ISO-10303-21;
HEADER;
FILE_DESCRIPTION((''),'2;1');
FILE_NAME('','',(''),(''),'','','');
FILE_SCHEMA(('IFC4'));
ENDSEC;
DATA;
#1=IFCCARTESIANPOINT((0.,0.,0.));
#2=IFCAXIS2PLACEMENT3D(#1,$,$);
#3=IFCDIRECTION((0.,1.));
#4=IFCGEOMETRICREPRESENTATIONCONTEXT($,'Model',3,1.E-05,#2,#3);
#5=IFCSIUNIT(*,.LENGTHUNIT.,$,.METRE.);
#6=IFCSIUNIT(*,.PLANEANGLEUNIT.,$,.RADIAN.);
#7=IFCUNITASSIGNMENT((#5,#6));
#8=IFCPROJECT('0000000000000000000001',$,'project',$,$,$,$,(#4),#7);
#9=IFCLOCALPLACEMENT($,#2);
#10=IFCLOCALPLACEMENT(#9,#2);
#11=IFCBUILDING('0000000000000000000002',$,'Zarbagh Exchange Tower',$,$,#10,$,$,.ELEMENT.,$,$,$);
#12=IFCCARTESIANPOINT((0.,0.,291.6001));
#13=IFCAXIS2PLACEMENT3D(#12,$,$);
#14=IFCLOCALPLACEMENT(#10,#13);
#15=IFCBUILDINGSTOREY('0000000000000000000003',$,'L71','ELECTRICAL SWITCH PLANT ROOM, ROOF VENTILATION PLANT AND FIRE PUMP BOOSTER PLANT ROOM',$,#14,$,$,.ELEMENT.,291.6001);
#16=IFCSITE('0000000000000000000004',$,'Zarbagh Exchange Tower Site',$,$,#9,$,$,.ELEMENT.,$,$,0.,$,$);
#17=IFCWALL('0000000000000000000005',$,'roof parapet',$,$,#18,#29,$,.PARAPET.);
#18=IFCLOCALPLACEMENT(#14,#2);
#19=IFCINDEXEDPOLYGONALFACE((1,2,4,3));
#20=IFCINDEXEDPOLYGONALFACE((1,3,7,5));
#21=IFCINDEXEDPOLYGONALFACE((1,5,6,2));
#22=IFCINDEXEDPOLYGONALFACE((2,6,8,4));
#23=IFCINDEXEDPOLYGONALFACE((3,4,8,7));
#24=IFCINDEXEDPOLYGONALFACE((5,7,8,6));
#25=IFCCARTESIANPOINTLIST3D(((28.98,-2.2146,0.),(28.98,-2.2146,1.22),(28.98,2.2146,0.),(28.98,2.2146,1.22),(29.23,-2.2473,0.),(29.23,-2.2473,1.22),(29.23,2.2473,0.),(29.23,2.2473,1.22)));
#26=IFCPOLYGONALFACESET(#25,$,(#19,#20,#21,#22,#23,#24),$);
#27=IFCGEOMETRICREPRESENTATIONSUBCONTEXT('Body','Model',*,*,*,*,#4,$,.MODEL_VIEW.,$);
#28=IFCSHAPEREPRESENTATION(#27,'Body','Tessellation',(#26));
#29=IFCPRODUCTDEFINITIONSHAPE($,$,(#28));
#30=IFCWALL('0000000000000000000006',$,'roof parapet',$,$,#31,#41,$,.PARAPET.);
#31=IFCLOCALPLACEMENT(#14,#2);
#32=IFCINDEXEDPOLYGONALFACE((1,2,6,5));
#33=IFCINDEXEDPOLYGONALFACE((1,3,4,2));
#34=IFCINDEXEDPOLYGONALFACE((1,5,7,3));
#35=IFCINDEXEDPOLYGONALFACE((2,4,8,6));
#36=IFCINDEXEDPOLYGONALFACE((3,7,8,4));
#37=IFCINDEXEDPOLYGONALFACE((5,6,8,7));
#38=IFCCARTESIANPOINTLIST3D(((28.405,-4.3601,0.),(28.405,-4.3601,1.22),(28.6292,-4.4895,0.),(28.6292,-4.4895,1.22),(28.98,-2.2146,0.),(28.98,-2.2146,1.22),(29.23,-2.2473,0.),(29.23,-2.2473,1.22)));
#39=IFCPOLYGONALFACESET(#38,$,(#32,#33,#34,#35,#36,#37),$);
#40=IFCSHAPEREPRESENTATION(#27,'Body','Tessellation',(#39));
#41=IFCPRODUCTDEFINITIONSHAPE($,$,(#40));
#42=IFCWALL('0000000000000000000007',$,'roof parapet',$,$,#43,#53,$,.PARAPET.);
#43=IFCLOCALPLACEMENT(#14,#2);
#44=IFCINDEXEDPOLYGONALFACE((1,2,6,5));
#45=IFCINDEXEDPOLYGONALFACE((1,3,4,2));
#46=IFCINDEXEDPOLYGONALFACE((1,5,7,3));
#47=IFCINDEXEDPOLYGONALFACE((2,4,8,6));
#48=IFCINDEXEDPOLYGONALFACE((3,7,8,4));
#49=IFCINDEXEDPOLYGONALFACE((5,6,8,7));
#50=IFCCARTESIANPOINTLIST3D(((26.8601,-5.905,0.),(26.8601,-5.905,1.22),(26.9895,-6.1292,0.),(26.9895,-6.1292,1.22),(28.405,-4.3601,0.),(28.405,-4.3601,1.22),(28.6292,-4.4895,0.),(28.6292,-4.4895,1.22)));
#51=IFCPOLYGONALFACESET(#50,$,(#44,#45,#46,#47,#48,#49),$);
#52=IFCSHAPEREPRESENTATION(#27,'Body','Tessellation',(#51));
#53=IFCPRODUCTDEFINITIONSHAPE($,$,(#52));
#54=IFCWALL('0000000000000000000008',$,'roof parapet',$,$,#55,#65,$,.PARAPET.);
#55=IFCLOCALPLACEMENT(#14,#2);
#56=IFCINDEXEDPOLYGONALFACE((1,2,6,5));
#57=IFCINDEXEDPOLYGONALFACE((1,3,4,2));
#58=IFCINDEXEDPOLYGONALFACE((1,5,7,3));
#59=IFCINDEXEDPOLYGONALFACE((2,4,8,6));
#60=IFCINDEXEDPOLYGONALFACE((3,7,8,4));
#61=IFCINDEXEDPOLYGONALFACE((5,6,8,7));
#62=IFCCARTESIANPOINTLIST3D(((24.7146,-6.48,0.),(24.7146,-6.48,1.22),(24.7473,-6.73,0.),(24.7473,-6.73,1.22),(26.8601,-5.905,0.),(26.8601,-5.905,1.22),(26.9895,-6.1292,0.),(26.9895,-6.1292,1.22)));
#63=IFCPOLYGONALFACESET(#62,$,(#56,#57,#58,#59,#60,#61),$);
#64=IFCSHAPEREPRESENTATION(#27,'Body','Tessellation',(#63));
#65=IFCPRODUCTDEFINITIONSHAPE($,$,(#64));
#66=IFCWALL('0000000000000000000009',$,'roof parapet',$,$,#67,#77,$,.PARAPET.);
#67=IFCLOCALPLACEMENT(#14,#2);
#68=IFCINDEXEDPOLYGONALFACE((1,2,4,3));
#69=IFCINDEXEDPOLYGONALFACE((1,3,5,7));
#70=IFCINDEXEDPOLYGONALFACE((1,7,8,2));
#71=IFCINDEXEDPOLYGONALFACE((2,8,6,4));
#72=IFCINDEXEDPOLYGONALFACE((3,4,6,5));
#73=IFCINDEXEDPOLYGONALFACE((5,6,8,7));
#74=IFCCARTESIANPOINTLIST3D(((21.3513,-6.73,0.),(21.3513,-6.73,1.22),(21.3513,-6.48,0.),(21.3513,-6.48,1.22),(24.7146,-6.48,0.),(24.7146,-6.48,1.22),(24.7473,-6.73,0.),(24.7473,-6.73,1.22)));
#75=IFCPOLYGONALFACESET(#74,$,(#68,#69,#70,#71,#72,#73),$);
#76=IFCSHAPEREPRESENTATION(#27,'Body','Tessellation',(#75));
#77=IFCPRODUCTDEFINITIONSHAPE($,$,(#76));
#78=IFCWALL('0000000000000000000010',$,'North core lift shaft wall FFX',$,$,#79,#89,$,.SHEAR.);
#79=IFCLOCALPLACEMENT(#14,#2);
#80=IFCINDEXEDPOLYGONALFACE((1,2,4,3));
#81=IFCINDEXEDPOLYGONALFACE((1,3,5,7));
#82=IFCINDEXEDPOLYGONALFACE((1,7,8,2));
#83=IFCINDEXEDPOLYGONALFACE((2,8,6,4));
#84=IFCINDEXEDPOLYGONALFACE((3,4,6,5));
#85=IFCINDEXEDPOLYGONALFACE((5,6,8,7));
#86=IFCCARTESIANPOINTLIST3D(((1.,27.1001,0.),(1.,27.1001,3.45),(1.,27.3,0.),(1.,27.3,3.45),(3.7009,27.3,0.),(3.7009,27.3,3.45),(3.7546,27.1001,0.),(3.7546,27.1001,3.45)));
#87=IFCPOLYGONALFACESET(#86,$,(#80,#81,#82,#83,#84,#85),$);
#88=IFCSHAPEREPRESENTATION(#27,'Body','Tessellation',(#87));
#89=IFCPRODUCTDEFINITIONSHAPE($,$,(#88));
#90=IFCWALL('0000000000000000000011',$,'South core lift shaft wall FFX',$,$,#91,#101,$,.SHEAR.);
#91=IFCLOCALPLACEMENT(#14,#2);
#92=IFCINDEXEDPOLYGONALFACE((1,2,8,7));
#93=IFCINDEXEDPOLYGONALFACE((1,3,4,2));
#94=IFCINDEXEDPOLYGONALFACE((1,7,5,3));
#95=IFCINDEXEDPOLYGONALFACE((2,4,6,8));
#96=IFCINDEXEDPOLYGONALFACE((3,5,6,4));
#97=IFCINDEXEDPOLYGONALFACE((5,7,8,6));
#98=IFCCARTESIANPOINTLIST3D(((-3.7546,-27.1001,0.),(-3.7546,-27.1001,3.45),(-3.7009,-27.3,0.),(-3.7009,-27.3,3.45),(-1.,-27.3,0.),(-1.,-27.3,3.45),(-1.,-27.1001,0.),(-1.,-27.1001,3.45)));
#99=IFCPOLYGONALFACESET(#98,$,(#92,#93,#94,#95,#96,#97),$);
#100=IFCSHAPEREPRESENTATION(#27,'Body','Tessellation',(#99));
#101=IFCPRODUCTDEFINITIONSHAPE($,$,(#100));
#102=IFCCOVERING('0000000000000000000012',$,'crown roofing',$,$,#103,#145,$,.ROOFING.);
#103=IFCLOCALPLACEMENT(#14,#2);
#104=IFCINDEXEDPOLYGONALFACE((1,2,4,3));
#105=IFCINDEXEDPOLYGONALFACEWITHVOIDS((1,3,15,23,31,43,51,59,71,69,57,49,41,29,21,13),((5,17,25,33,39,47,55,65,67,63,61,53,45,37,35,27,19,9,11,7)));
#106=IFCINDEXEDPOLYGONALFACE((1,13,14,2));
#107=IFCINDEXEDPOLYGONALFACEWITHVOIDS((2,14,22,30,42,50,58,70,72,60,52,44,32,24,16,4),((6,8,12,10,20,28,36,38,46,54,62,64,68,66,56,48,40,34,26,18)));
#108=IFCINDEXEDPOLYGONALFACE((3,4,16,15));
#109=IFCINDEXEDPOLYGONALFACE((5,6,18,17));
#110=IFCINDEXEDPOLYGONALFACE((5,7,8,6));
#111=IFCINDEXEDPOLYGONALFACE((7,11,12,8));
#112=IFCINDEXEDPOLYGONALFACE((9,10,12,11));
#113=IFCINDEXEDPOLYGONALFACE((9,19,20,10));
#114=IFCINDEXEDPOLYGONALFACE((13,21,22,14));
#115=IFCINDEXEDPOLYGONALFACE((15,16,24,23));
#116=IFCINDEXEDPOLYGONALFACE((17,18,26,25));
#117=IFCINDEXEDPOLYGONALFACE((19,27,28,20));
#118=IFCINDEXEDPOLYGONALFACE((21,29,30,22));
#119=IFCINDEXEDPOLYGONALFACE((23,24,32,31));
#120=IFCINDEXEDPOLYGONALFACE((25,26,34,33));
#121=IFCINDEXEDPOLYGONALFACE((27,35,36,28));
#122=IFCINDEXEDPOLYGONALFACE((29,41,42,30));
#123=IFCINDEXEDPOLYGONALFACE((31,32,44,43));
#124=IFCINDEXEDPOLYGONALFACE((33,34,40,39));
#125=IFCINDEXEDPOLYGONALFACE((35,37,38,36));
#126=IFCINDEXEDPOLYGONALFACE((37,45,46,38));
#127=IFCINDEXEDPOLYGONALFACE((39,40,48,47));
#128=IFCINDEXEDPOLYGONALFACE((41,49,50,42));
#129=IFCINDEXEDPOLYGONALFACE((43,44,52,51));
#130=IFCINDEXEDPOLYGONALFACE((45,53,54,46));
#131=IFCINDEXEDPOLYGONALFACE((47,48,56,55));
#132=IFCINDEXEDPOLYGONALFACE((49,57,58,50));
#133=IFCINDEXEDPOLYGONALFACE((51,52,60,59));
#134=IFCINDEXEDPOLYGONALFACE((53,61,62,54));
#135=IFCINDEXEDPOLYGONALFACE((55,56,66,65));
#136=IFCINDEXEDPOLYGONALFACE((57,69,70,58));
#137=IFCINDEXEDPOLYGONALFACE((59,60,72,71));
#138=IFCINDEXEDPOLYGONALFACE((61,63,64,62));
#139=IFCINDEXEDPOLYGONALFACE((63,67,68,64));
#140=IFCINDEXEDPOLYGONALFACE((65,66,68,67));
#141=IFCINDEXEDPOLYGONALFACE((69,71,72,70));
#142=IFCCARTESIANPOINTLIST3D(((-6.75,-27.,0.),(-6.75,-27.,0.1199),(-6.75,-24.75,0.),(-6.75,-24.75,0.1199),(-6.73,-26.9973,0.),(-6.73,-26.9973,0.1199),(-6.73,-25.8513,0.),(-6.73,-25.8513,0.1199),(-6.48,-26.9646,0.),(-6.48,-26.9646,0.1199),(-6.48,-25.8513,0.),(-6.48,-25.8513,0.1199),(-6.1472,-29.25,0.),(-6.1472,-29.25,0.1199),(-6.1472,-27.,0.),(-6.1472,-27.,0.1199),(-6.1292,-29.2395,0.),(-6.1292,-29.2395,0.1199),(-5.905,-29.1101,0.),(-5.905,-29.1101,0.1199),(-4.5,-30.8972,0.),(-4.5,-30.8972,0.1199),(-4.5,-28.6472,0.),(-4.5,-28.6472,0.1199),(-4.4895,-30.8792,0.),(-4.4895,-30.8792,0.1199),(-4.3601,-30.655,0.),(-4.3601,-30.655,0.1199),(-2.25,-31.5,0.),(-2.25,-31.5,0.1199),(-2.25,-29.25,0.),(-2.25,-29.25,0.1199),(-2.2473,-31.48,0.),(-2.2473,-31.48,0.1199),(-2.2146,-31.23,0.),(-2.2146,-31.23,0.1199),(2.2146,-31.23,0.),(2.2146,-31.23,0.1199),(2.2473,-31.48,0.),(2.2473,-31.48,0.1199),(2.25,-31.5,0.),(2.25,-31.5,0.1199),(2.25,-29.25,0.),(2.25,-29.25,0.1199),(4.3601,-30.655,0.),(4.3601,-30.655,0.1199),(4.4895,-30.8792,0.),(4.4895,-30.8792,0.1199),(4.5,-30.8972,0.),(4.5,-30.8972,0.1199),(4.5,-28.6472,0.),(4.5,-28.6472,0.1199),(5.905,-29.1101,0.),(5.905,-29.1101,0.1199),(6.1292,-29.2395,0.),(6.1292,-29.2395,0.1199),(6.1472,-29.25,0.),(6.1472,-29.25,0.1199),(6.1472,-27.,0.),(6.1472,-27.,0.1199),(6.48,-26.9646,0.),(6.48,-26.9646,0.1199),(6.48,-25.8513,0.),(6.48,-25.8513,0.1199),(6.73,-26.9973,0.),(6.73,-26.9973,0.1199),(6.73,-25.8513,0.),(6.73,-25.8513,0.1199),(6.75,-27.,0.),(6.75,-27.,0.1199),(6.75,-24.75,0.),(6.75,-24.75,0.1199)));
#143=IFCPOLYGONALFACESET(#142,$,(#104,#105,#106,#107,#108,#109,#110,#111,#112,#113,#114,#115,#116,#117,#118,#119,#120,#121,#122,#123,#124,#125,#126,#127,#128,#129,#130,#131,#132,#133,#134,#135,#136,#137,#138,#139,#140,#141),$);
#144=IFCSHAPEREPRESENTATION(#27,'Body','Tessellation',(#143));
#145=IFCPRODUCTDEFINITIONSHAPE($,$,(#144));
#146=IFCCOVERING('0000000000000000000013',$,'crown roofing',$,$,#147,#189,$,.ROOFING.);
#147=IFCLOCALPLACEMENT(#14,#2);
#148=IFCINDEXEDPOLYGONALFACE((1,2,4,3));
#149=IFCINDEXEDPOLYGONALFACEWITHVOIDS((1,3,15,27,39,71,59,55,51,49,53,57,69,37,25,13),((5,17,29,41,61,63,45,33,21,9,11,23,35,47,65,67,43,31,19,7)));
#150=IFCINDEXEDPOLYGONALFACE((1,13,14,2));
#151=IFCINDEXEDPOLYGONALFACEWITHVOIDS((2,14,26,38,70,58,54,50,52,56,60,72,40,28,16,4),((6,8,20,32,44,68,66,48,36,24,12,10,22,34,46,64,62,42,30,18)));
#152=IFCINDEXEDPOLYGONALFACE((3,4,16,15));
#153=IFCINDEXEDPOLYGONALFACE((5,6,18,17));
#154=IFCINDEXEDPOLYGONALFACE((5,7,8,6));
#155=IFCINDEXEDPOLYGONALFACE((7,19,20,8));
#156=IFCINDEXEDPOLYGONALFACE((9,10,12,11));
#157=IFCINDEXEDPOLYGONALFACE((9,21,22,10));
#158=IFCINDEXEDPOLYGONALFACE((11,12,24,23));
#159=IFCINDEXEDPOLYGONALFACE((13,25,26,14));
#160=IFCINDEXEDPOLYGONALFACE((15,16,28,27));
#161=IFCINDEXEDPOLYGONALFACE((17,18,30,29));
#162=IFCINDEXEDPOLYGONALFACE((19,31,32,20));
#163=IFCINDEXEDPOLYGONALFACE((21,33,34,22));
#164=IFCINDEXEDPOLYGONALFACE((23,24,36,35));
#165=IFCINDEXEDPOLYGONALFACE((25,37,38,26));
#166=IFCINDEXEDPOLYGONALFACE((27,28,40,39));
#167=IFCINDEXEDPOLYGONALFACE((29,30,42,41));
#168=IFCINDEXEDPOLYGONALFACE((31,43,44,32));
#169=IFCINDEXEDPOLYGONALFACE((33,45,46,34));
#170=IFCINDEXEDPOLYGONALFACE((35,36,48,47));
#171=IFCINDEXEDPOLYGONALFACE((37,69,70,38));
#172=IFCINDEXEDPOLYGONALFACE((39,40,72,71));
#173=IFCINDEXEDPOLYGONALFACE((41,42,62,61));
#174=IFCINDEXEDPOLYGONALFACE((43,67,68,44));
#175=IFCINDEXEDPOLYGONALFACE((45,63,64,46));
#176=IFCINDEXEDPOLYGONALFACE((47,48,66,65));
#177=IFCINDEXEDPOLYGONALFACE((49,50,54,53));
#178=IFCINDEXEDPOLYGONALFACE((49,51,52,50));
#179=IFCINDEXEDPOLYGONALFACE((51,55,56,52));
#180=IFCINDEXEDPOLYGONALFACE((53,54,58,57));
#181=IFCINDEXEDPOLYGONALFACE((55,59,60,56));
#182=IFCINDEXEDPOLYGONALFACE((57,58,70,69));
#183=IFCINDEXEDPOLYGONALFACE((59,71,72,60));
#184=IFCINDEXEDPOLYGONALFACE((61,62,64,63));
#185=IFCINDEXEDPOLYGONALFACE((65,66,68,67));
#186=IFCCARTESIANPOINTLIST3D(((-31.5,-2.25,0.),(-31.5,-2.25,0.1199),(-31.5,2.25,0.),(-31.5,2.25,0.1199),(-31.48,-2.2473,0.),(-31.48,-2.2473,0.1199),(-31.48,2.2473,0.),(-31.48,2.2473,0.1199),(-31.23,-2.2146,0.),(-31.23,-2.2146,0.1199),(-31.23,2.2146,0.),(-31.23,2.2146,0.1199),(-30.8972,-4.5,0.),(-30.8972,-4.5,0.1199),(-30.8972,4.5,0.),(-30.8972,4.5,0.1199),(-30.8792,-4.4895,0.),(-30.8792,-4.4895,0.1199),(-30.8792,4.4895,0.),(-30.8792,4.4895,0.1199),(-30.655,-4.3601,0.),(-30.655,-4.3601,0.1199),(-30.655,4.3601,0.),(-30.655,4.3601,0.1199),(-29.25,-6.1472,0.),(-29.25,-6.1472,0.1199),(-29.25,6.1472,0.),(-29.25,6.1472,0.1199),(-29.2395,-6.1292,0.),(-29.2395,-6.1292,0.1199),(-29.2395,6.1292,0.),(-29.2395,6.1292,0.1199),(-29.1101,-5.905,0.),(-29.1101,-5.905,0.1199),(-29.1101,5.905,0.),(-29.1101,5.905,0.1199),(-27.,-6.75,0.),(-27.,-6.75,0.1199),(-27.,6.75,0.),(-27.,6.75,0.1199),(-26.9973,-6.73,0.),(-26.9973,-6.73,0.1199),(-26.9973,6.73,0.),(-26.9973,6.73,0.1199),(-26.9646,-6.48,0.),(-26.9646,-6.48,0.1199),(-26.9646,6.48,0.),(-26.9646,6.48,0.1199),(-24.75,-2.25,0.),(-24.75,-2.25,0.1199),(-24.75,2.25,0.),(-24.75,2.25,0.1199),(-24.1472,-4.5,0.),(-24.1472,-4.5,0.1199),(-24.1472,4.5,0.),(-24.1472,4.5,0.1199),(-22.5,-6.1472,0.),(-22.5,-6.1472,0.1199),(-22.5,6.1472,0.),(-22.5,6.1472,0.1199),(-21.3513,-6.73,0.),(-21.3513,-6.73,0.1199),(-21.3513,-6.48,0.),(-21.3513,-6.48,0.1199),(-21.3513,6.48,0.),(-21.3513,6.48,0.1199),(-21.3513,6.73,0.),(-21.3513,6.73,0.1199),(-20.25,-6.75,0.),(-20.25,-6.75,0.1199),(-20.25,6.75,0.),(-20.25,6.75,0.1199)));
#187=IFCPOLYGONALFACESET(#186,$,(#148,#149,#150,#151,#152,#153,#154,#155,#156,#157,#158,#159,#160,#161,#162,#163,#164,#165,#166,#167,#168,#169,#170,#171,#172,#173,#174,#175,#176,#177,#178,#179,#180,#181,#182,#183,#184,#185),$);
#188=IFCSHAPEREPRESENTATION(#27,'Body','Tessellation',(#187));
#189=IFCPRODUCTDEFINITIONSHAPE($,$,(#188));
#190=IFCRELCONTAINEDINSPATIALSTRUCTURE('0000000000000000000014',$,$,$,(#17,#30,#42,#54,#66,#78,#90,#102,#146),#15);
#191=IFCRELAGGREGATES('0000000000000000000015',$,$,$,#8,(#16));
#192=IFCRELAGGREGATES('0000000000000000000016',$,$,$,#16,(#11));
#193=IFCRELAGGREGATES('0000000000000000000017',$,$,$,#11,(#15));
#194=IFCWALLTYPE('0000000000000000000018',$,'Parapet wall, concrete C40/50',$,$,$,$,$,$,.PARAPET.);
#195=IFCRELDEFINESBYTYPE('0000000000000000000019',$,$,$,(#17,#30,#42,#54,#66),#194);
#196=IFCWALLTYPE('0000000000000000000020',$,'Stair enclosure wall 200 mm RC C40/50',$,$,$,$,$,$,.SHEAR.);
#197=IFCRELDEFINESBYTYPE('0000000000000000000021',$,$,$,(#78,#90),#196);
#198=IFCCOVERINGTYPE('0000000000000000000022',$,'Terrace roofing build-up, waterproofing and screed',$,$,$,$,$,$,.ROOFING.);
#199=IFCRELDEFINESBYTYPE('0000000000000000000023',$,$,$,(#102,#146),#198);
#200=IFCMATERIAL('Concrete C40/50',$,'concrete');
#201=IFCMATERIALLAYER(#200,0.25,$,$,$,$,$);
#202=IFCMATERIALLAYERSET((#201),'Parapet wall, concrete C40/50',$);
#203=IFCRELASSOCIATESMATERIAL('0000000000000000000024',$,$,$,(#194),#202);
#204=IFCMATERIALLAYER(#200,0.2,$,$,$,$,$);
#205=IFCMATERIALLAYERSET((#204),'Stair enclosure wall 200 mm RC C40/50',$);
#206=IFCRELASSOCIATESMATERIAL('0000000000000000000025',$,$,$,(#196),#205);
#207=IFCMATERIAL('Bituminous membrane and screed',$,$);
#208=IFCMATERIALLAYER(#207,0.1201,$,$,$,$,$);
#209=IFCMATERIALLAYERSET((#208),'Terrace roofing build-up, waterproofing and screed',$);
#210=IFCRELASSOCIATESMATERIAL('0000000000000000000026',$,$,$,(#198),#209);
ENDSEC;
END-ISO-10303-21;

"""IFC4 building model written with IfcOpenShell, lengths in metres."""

from ifc_helpers import new_model, si_unit, direction, frame, origin, place, context, subcontext, project, spatial, polyline, outline, extrude, material, layer, layer_set, type_object, element, save


model = new_model("IFC4")

# Units and contexts
model_context = context("Model", 3, precision=1e-05, world=origin(), true_north=direction((0.0, 1.0)))
body_context = subcontext(model_context, "Body", "Model", "MODEL_VIEW")
ifc_project = project(units=[si_unit("LENGTHUNIT", "METRE"), si_unit("PLANEANGLEUNIT", "RADIAN")], contexts=[model_context])

# Site, building, storey
site_placement = place(None, origin())
site = spatial("IfcSite", under=ifc_project, at=site_placement, Name="Zarbagh Exchange Tower Site", CompositionType="ELEMENT", RefElevation=0.0)
building_placement = place(site_placement, origin())
building = spatial("IfcBuilding", under=site, at=building_placement, Name="Zarbagh Exchange Tower", CompositionType="ELEMENT")
storey_placement = place(building_placement, frame((0.0, 0.0, 291.6001)))
storey = spatial("IfcBuildingStorey", under=building, at=storey_placement, Name="L71", Description="ELECTRICAL SWITCH PLANT ROOM, ROOF VENTILATION PLANT AND FIRE PUMP BOOSTER PLANT ROOM", CompositionType="ELEMENT", Elevation=291.6001)

# Shared definitions
ifc_material_1 = material(Name="Concrete C40/50", Category="concrete")

# Walls
ifc_layer_1 = layer(ifc_material_1, 0.25)
ifc_layer_set_1 = layer_set([ifc_layer_1], Name="Parapet wall, concrete C40/50")
wall_type_1 = type_object("IfcWallType", Name="Parapet wall, concrete C40/50", PredefinedType="PARAPET", material=ifc_layer_set_1)
wall_1_placement = place(storey_placement, origin())
element("IfcWall", 1, at=wall_1_placement, inside=storey, type_object=wall_type_1, Name="roof parapet", PredefinedType="PARAPET", context=body_context, shape_type="SweptSolid", body=[
    extrude(outline(polyline([(29.23, 2.2473), (29.23, -2.2473), (28.98, -2.2146), (28.98, 2.2146), (29.23, 2.2473)])), origin(), (0.0, 0.0, 1.0), 1.22),
])
wall_2_placement = place(storey_placement, origin())
element("IfcWall", 2, at=wall_2_placement, inside=storey, type_object=wall_type_1, Name="roof parapet", PredefinedType="PARAPET", context=body_context, shape_type="SweptSolid", body=[
    extrude(outline(polyline([(29.23, -2.2473), (28.6292, -4.4895), (28.405, -4.3601), (28.98, -2.2146), (29.23, -2.2473)])), origin(), (0.0, 0.0, 1.0), 1.22),
])
wall_3_placement = place(storey_placement, origin())
element("IfcWall", 3, at=wall_3_placement, inside=storey, type_object=wall_type_1, Name="roof parapet", PredefinedType="PARAPET", context=body_context, shape_type="SweptSolid", body=[
    extrude(outline(polyline([(28.6292, -4.4895), (26.9895, -6.1292), (26.8601, -5.905), (28.405, -4.3601), (28.6292, -4.4895)])), origin(), (0.0, 0.0, 1.0), 1.22),
])
wall_4_placement = place(storey_placement, origin())
element("IfcWall", 4, at=wall_4_placement, inside=storey, type_object=wall_type_1, Name="roof parapet", PredefinedType="PARAPET", context=body_context, shape_type="SweptSolid", body=[
    extrude(outline(polyline([(26.9895, -6.1292), (24.7473, -6.73), (24.7146, -6.48), (26.8601, -5.905), (26.9895, -6.1292)])), origin(), (0.0, 0.0, 1.0), 1.22),
])
wall_5_placement = place(storey_placement, origin())
element("IfcWall", 5, at=wall_5_placement, inside=storey, type_object=wall_type_1, Name="roof parapet", PredefinedType="PARAPET", context=body_context, shape_type="SweptSolid", body=[
    extrude(outline(polyline([(24.7473, -6.73), (21.3513, -6.73), (21.3513, -6.48), (24.7146, -6.48), (24.7473, -6.73)])), origin(), (0.0, 0.0, 1.0), 1.22),
])
ifc_layer_2 = layer(ifc_material_1, 0.2)
ifc_layer_set_2 = layer_set([ifc_layer_2], Name="Stair enclosure wall 200 mm RC C40/50")
wall_type_2 = type_object("IfcWallType", Name="Stair enclosure wall 200 mm RC C40/50", PredefinedType="SHEAR", material=ifc_layer_set_2)
wall_6_placement = place(storey_placement, origin())
element("IfcWall", 6, at=wall_6_placement, inside=storey, type_object=wall_type_2, Name="North core lift shaft wall FFX", PredefinedType="SHEAR", context=body_context, shape_type="SweptSolid", body=[
    extrude(outline(polyline([(1.0, 27.1001), (3.7546, 27.1001), (3.7009, 27.3), (1.0, 27.3), (1.0, 27.1001)])), origin(), (0.0, 0.0, 1.0), 3.45),
])
wall_7_placement = place(storey_placement, origin())
element("IfcWall", 7, at=wall_7_placement, inside=storey, type_object=wall_type_2, Name="South core lift shaft wall FFX", PredefinedType="SHEAR", context=body_context, shape_type="SweptSolid", body=[
    extrude(outline(polyline([(-1.0, -27.1001), (-3.7546, -27.1001), (-3.7009, -27.3), (-1.0, -27.3), (-1.0, -27.1001)])), origin(), (0.0, 0.0, 1.0), 3.45),
])

# Coverings
ifc_material_2 = material(Name="Bituminous membrane and screed")
ifc_layer_3 = layer(ifc_material_2, 0.1201)
ifc_layer_set_3 = layer_set([ifc_layer_3], Name="Terrace roofing build-up, waterproofing and screed")
covering_type = type_object("IfcCoveringType", Name="Terrace roofing build-up, waterproofing and screed", PredefinedType="ROOFING", material=ifc_layer_set_3)
covering_1_placement = place(storey_placement, origin())
element("IfcCovering", 8, at=covering_1_placement, inside=storey, type_object=covering_type, Name="crown roofing", PredefinedType="ROOFING", context=body_context, shape_type="SweptSolid", body=[
    extrude(outline(polyline([(-4.5, -30.8972), (-6.1472, -29.25), (-6.75, -27.0), (-6.75, -24.75), (-6.1472, -27.0), (-4.5, -28.6472), (-2.25, -29.25), (2.25, -29.25), (4.5, -28.6472), (6.1472, -27.0), (6.75, -24.75), (6.75, -27.0), (6.1472, -29.25), (4.5, -30.8972), (2.25, -31.5), (-2.25, -31.5), (-4.5, -30.8972)]), holes=[polyline([(-4.4895, -30.8792), (-2.2473, -31.48), (2.2473, -31.48), (4.4895, -30.8792), (6.1292, -29.2395), (6.73, -26.9973), (6.73, -25.8513), (6.48, -25.8513), (6.48, -26.9646), (5.905, -29.1101), (4.3601, -30.655), (2.2146, -31.23), (-2.2146, -31.23), (-4.3601, -30.655), (-5.905, -29.1101), (-6.48, -26.9646), (-6.48, -25.8513), (-6.73, -25.8513), (-6.73, -26.9973), (-6.1292, -29.2395), (-4.4895, -30.8792)])]), origin(), (0.0, 0.0, 1.0), 0.1199),
])
covering_2_placement = place(storey_placement, origin())
element("IfcCovering", 9, at=covering_2_placement, inside=storey, type_object=covering_type, Name="crown roofing", PredefinedType="ROOFING", context=body_context, shape_type="SweptSolid", body=[
    extrude(outline(polyline([(-29.25, -6.1472), (-30.8972, -4.5), (-31.5, -2.25), (-31.5, 2.25), (-30.8972, 4.5), (-29.25, 6.1472), (-27.0, 6.75), (-20.25, 6.75), (-22.5, 6.1472), (-24.1472, 4.5), (-24.75, 2.25), (-24.75, -2.25), (-24.1472, -4.5), (-22.5, -6.1472), (-20.25, -6.75), (-27.0, -6.75), (-29.25, -6.1472)]), holes=[polyline([(-29.2395, -6.1292), (-26.9973, -6.73), (-21.3513, -6.73), (-21.3513, -6.48), (-26.9646, -6.48), (-29.1101, -5.905), (-30.655, -4.3601), (-31.23, -2.2146), (-31.23, 2.2146), (-30.655, 4.3601), (-29.1101, 5.905), (-26.9646, 6.48), (-21.3513, 6.48), (-21.3513, 6.73), (-26.9973, 6.73), (-29.2395, 6.1292), (-30.8792, 4.4895), (-31.48, 2.2473), (-31.48, -2.2473), (-30.8792, -4.4895), (-29.2395, -6.1292)])]), origin(), (0.0, 0.0, 1.0), 0.1199),
])

save(model, "model.ifc")
